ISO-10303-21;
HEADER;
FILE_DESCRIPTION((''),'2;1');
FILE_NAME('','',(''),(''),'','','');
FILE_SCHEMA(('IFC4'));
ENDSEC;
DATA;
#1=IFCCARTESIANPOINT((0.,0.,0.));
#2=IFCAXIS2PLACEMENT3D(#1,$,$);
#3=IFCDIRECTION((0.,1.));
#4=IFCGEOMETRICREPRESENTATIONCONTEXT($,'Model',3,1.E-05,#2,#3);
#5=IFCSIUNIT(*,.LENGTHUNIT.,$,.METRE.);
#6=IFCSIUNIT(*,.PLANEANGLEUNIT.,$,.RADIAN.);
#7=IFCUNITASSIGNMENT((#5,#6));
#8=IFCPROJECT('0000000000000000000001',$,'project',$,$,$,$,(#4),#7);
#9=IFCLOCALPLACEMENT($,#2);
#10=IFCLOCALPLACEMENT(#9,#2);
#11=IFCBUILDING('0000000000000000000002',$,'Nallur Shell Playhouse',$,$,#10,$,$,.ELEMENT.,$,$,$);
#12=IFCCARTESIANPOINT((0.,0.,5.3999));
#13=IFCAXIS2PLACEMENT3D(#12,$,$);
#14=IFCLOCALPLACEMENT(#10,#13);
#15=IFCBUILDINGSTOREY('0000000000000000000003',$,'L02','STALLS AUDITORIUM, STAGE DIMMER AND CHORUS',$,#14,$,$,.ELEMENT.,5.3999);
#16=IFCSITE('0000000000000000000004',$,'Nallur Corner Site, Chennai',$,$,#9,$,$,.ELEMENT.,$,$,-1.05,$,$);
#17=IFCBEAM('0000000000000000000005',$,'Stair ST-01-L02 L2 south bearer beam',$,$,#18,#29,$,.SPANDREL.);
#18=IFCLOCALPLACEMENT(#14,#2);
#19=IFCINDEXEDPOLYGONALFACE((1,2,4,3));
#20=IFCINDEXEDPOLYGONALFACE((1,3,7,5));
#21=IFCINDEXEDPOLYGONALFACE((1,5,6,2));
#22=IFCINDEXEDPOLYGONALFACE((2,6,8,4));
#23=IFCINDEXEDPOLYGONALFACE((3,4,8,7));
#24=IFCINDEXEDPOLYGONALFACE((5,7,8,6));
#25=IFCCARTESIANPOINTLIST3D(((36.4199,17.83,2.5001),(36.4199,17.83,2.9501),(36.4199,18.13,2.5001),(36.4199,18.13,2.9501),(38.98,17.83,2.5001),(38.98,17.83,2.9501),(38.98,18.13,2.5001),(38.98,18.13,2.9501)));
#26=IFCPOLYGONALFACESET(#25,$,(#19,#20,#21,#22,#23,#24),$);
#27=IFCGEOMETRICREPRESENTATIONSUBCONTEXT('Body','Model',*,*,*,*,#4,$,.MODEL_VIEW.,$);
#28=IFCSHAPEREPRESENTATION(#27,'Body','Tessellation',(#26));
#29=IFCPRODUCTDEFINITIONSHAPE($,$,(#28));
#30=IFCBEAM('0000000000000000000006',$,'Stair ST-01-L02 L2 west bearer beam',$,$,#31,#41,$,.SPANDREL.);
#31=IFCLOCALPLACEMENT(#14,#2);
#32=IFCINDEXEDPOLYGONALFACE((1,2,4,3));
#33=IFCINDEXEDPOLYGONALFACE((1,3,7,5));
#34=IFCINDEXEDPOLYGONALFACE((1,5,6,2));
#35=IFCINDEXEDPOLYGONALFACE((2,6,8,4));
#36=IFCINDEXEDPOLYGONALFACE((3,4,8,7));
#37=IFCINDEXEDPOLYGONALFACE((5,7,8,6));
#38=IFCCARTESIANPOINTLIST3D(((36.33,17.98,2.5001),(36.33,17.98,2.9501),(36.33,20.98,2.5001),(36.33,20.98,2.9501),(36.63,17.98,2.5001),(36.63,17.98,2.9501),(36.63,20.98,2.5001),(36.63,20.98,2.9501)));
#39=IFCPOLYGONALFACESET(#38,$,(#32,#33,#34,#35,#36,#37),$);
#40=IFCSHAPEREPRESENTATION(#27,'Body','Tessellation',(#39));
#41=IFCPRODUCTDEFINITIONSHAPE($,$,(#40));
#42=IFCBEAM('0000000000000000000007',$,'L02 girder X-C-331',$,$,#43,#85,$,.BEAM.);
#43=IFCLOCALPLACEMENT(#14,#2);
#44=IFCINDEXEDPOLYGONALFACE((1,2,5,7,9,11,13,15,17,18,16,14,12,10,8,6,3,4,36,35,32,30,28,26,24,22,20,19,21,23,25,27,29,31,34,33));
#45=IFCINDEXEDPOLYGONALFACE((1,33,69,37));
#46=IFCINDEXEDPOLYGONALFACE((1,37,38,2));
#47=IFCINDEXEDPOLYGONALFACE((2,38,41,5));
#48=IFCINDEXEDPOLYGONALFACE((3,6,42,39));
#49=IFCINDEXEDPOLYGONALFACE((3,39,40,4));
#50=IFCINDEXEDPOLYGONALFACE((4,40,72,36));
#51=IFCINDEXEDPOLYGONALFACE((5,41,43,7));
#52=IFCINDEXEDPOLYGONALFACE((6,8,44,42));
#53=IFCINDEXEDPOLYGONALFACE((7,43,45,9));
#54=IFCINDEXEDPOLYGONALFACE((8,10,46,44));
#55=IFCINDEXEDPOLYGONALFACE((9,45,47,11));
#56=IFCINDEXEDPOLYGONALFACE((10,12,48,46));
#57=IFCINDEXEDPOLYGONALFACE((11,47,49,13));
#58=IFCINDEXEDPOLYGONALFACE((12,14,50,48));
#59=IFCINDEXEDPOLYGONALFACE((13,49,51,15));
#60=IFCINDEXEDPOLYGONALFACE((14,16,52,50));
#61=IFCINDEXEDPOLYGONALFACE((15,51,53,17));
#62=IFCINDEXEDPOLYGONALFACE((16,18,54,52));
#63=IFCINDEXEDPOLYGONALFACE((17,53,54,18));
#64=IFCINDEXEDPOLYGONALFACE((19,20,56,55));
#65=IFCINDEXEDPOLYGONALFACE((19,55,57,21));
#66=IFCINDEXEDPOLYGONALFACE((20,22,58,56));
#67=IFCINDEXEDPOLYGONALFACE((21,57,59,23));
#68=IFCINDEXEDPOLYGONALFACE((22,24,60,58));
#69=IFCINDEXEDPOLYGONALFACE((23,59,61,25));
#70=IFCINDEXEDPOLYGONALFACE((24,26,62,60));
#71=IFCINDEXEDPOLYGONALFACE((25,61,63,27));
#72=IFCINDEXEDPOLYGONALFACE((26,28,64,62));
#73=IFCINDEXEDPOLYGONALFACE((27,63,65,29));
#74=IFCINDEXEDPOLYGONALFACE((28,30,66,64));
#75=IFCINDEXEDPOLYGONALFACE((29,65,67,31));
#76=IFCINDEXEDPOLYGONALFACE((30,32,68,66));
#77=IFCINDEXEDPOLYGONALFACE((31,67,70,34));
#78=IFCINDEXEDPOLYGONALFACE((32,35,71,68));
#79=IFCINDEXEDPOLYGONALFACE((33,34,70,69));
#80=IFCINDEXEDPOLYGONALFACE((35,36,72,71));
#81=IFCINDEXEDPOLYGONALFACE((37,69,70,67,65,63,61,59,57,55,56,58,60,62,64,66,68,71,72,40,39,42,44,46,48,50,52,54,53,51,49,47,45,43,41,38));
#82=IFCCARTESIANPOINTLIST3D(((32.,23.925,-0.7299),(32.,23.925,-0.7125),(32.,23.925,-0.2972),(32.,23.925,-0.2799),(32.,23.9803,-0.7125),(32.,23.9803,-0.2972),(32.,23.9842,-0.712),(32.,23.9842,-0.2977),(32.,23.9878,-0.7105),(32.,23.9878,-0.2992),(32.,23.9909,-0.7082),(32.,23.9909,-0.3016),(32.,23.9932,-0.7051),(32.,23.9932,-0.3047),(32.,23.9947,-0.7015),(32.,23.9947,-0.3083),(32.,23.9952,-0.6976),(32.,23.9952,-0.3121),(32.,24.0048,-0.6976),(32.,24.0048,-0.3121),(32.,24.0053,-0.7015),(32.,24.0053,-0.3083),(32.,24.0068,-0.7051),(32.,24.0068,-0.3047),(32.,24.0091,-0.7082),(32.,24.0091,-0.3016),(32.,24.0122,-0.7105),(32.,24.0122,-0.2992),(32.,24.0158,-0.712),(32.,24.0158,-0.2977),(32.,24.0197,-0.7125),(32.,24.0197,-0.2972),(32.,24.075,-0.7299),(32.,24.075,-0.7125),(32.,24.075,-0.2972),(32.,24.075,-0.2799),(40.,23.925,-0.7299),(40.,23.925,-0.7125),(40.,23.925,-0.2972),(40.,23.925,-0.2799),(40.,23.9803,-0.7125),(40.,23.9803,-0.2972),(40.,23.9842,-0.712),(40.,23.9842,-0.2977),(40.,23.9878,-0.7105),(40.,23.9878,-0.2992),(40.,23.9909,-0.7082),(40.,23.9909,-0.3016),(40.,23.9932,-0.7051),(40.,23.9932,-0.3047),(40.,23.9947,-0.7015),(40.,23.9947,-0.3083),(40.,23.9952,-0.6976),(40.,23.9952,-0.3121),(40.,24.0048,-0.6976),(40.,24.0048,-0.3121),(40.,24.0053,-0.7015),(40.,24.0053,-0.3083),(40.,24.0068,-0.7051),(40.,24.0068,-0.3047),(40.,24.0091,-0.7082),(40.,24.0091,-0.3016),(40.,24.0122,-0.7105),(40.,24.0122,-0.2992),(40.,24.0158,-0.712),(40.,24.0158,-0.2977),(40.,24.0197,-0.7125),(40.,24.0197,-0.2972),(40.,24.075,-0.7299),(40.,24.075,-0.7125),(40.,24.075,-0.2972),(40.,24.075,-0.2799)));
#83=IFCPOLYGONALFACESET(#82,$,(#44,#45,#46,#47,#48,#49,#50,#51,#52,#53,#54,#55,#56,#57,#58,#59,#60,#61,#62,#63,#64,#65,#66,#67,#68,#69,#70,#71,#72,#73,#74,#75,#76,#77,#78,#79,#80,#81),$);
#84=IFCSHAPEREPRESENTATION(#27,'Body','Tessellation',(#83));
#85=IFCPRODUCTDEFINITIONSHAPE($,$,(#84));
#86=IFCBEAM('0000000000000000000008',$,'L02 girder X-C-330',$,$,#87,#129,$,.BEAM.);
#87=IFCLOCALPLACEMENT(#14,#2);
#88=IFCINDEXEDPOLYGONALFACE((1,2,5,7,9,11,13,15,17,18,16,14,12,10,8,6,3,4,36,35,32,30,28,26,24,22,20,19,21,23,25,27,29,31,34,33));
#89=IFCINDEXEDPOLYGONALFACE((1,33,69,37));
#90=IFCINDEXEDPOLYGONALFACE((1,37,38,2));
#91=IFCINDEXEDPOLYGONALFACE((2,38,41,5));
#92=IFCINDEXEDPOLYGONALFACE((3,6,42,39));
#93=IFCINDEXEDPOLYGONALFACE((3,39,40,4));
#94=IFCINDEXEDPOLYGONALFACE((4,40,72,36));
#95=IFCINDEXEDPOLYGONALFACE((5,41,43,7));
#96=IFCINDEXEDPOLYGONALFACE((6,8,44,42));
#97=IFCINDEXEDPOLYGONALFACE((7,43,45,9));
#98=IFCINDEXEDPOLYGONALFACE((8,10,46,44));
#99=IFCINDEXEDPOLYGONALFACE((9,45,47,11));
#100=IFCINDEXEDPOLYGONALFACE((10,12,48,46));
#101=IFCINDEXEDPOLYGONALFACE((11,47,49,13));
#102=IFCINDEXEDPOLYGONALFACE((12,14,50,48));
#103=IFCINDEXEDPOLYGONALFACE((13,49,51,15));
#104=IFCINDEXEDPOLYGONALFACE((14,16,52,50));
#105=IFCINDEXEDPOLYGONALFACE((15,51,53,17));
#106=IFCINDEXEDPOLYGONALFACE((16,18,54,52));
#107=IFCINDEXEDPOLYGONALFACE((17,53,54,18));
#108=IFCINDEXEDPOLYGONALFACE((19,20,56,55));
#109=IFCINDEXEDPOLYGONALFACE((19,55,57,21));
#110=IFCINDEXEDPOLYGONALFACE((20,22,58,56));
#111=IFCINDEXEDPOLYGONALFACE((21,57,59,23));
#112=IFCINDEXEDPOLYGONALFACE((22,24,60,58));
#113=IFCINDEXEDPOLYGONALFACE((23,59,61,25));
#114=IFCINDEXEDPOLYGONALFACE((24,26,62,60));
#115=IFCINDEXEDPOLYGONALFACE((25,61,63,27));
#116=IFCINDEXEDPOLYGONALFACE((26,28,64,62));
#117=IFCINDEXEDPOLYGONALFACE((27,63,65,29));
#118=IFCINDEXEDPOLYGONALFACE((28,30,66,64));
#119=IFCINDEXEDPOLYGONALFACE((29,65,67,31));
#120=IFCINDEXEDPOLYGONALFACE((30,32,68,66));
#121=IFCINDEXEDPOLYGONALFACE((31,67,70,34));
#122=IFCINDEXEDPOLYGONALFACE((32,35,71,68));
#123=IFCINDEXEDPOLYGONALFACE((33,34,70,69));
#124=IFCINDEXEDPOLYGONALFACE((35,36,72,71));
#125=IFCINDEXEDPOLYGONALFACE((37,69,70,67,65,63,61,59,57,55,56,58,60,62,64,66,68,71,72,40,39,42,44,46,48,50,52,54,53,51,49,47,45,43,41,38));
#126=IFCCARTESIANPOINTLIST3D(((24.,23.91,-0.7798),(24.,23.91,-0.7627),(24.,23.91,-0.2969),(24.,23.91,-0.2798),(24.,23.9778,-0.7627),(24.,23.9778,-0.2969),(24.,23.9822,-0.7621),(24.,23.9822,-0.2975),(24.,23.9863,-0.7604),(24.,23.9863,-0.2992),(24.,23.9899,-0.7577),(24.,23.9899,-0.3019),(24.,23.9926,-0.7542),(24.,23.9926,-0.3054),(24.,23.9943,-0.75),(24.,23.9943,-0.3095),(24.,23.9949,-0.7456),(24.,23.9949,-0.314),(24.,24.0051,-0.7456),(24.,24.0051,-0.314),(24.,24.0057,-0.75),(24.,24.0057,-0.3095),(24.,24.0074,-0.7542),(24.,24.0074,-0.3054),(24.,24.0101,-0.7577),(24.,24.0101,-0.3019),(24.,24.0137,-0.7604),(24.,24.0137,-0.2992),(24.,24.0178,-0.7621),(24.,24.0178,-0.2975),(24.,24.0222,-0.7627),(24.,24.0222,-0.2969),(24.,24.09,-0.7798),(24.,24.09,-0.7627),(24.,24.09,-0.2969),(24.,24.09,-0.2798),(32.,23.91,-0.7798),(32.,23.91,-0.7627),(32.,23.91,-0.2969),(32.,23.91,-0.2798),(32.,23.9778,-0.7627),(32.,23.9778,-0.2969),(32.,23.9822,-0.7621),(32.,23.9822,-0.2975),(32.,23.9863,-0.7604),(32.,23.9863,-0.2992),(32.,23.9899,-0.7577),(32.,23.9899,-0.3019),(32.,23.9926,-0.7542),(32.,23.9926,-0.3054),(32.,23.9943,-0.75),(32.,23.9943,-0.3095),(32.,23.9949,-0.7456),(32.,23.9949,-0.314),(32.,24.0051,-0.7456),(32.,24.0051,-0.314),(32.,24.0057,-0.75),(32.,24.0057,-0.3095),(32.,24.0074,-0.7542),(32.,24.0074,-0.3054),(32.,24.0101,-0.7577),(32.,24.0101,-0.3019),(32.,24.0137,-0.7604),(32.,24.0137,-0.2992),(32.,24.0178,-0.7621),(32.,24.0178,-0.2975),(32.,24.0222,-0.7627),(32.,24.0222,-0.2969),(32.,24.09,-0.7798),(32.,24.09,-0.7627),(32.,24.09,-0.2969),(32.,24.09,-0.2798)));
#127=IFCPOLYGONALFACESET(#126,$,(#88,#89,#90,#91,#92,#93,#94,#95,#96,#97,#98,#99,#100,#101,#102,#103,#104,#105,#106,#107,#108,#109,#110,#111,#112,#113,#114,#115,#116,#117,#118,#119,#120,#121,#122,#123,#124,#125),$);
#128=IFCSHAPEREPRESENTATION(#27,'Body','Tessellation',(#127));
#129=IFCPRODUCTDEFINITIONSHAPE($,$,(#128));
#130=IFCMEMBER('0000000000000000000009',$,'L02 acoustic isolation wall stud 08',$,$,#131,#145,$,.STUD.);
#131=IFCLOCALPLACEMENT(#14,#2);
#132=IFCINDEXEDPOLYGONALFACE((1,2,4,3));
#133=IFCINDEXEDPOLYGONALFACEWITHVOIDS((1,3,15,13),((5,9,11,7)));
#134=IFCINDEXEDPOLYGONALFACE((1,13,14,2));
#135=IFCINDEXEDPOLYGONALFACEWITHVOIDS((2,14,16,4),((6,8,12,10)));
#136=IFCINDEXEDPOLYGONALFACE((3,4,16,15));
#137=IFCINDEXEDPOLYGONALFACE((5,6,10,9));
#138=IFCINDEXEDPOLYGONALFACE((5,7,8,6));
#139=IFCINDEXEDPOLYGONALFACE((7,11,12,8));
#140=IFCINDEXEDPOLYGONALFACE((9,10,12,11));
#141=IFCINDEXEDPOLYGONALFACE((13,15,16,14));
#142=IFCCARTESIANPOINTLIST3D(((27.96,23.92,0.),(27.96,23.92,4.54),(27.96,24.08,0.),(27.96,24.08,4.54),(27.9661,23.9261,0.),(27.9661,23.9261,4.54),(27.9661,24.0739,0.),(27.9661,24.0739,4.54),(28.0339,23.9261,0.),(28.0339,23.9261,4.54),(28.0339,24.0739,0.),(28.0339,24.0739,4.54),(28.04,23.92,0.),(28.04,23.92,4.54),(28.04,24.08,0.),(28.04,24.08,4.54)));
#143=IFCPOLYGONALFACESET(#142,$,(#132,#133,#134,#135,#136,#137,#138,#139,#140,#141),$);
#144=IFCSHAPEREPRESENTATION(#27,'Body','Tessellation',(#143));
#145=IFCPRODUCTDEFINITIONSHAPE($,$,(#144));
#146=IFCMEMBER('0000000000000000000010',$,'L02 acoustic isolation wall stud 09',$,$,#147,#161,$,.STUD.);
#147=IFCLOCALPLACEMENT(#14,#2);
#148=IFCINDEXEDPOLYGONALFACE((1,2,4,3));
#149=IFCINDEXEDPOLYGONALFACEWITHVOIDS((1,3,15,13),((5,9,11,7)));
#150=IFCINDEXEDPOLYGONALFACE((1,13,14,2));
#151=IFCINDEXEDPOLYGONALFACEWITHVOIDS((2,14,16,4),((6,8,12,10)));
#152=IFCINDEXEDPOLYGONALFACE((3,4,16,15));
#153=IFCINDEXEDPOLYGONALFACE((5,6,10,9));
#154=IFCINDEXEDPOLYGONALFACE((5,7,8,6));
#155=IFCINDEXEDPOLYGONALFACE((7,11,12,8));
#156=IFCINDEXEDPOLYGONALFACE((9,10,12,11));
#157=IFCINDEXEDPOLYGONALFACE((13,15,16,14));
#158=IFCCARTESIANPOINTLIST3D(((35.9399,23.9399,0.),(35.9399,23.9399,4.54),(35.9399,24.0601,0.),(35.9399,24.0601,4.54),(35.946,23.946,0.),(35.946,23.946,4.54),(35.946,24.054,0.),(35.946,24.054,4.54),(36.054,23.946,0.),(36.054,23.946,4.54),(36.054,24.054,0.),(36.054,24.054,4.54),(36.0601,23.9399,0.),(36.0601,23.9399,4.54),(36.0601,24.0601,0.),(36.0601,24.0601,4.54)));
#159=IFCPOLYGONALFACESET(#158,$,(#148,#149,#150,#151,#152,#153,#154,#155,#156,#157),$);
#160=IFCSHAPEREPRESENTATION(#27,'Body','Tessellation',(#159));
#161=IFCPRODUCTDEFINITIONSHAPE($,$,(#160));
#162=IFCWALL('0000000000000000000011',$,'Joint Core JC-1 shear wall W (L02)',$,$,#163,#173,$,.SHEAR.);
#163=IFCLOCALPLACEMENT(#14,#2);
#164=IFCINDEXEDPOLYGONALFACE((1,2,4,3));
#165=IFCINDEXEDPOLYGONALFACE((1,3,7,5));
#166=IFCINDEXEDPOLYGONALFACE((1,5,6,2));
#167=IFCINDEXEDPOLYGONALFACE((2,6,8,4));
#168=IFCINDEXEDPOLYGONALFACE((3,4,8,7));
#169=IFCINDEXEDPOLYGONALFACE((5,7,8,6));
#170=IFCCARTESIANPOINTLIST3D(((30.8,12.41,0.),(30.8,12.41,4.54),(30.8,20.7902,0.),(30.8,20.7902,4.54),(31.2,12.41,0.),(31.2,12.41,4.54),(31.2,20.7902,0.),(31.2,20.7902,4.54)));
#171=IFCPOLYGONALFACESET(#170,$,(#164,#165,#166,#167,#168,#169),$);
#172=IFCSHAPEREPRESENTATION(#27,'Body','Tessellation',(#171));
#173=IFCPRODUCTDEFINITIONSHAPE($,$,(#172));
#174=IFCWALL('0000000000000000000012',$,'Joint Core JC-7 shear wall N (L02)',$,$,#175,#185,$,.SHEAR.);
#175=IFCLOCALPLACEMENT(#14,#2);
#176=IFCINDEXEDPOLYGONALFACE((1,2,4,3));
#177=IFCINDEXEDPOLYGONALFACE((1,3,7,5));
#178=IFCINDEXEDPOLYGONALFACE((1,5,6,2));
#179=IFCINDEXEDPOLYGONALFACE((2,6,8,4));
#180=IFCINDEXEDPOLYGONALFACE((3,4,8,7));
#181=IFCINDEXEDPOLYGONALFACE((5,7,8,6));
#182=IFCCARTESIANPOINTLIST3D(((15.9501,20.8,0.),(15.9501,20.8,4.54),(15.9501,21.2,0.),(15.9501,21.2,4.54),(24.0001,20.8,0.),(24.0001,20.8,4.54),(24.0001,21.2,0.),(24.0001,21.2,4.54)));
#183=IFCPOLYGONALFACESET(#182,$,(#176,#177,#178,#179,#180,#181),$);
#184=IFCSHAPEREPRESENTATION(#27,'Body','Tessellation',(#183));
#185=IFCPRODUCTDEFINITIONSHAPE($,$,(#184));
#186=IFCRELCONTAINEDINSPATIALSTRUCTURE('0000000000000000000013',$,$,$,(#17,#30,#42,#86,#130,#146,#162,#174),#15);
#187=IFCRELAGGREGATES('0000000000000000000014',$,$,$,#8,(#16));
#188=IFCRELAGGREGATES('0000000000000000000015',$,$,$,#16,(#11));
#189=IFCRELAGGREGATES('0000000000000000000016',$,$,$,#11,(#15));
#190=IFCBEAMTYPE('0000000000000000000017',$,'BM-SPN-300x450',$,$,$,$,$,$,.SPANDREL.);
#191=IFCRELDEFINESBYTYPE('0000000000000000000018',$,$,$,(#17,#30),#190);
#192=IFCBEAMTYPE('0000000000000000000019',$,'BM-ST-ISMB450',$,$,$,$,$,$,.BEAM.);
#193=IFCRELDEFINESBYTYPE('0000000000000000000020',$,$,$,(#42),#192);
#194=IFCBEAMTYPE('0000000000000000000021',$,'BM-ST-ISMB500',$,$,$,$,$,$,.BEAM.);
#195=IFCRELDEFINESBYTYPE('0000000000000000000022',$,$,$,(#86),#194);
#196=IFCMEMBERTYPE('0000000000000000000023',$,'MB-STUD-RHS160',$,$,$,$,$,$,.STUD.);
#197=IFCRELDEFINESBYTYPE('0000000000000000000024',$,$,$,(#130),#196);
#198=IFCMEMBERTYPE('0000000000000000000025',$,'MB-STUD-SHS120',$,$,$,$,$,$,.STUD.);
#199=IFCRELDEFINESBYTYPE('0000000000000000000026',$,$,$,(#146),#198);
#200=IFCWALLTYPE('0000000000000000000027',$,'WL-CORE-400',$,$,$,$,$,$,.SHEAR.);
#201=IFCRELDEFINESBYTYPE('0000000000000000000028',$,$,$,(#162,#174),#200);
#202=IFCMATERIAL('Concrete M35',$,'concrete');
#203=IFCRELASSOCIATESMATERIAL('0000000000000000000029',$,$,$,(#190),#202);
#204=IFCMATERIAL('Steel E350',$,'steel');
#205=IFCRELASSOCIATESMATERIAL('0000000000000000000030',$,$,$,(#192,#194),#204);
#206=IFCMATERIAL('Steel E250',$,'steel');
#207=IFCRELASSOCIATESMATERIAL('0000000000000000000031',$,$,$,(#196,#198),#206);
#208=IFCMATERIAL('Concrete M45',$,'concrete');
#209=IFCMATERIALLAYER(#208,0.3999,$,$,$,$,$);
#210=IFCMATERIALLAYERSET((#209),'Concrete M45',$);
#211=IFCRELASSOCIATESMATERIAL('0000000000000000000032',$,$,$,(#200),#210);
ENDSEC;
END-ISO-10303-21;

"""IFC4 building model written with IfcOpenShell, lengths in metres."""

from ifc_helpers import new_model, si_unit, direction, frame, frame_2d, origin, origin_2d, place, context, subcontext, project, spatial, rectangle, hollow_rectangle, i_section, extrude, material, layer, layer_set, material_profile, profile_set, type_object, element, save


model = new_model("IFC4")

# Units and contexts
model_context = context("Model", 3, precision=1e-05, world=origin(), true_north=direction((0.0, 1.0)))
body_context = subcontext(model_context, "Body", "Model", "MODEL_VIEW")
ifc_project = project(units=[si_unit("LENGTHUNIT", "METRE"), si_unit("PLANEANGLEUNIT", "RADIAN")], contexts=[model_context])

# Site, building, storey
site_placement = place(None, origin())
site = spatial("IfcSite", under=ifc_project, at=site_placement, Name="Nallur Corner Site, Chennai", CompositionType="ELEMENT", RefElevation=-1.05)
building_placement = place(site_placement, origin())
building = spatial("IfcBuilding", under=site, at=building_placement, Name="Nallur Shell Playhouse", CompositionType="ELEMENT")
storey_placement = place(building_placement, frame((0.0, 0.0, 5.3999)))
storey = spatial("IfcBuildingStorey", under=building, at=storey_placement, Name="L02", Description="STALLS AUDITORIUM, STAGE DIMMER AND CHORUS", CompositionType="ELEMENT", Elevation=5.3999)

# Shared definitions
ifc_material_1 = material(Name="Steel E350", Category="steel")

# Beams
ifc_material_2 = material(Name="Steel E250", Category="steel")
ifc_material_3 = material(Name="Concrete M35", Category="concrete")
ifc_material_profile_1 = material_profile(ifc_material_3, rectangle(XDim=0.3, YDim=0.45, at=origin_2d()), Name="RC 300x450")
ifc_profile_set_1 = profile_set([ifc_material_profile_1], Name="Concrete M35")
beam_type_1 = type_object("IfcBeamType", Name="BM-SPN-300x450", PredefinedType="SPANDREL", material=ifc_profile_set_1)
beam_1_placement = place(storey_placement, frame((36.4199, 17.98, 2.7251), z_axis=(1.0, 0.0, 0.0), x_axis=(0.0, 1.0, 0.0)))
element("IfcBeam", 1, at=beam_1_placement, inside=storey, type_object=beam_type_1, Name="Stair ST-01-L02 L2 south bearer beam", PredefinedType="SPANDREL", context=body_context, shape_type="SweptSolid", body=[
    extrude(rectangle(XDim=0.3, YDim=0.45, at=origin_2d()), origin(), (0.0, 0.0, 1.0), 2.5601),
])
beam_2_placement = place(storey_placement, frame((36.48, 17.98, 2.7251), z_axis=(0.0, 1.0, 0.0), x_axis=(-1.0, 0.0, 0.0)))
element("IfcBeam", 2, at=beam_2_placement, inside=storey, type_object=beam_type_1, Name="Stair ST-01-L02 L2 west bearer beam", PredefinedType="SPANDREL", context=body_context, shape_type="SweptSolid", body=[
    extrude(rectangle(XDim=0.3, YDim=0.45, at=origin_2d()), origin(), (0.0, 0.0, 1.0), 3.0),
])
ifc_material_profile_2 = material_profile(ifc_material_1, i_section(OverallWidth=0.1499, OverallDepth=0.45, WebThickness=0.0095, FlangeThickness=0.0173, FilletRadius=0.0149, at=origin_2d()), Name="ISMB 450")
ifc_profile_set_2 = profile_set([ifc_material_profile_2], Name="Steel E350")
beam_type_2 = type_object("IfcBeamType", Name="BM-ST-ISMB450", PredefinedType="BEAM", material=ifc_profile_set_2)
beam_3_placement = place(storey_placement, frame((32.0, 24.0, -0.5049), z_axis=(1.0, 0.0, 0.0), x_axis=(0.0, 1.0, 0.0)))
element("IfcBeam", 3, at=beam_3_placement, inside=storey, type_object=beam_type_2, Name="L02 girder X-C-331", PredefinedType="BEAM", context=body_context, shape_type="SweptSolid", body=[
    extrude(i_section(OverallWidth=0.1499, OverallDepth=0.45, WebThickness=0.0095, FlangeThickness=0.0173, FilletRadius=0.0149, at=origin_2d()), origin(), (0.0, 0.0, 1.0), 8.0),
])
ifc_material_profile_3 = material_profile(ifc_material_1, i_section(OverallWidth=0.1799, OverallDepth=0.5, WebThickness=0.0103, FlangeThickness=0.0171, FilletRadius=0.0171, at=origin_2d()), Name="ISMB 500")
ifc_profile_set_3 = profile_set([ifc_material_profile_3], Name="Steel E350")
beam_type_3 = type_object("IfcBeamType", Name="BM-ST-ISMB500", PredefinedType="BEAM", material=ifc_profile_set_3)
beam_4_placement = place(storey_placement, frame((24.0, 24.0, -0.5298), z_axis=(1.0, 0.0, 0.0), x_axis=(0.0, 1.0, 0.0)))
element("IfcBeam", 4, at=beam_4_placement, inside=storey, type_object=beam_type_3, Name="L02 girder X-C-330", PredefinedType="BEAM", context=body_context, shape_type="SweptSolid", body=[
    extrude(i_section(OverallWidth=0.1799, OverallDepth=0.5, WebThickness=0.0103, FlangeThickness=0.0171, FilletRadius=0.0171, at=origin_2d()), origin(), (0.0, 0.0, 1.0), 8.0),
])

# Members
ifc_material_profile_4 = material_profile(ifc_material_2, hollow_rectangle(XDim=0.0801, YDim=0.1599, WallThickness=0.0061, at=origin_2d()), Name="RHS 160x80x6")
ifc_profile_set_4 = profile_set([ifc_material_profile_4], Name="Steel E250")
member_type_1 = type_object("IfcMemberType", Name="MB-STUD-RHS160", PredefinedType="STUD", material=ifc_profile_set_4)
member_1_placement = place(storey_placement, frame((28.0, 24.0, 0.0), z_axis=(0.0, 0.0, 1.0), x_axis=(1.0, 0.0, 0.0)))
element("IfcMember", 5, at=member_1_placement, inside=storey, type_object=member_type_1, Name="L02 acoustic isolation wall stud 08", PredefinedType="STUD", context=body_context, shape_type="SweptSolid", body=[
    extrude(hollow_rectangle(XDim=0.0801, YDim=0.1599, WallThickness=0.0061, at=origin_2d()), origin(), (0.0, 0.0, 1.0), 4.54),
])
ifc_material_profile_5 = material_profile(ifc_material_2, hollow_rectangle(XDim=0.1201, YDim=0.1201, WallThickness=0.0061, at=origin_2d()), Name="SHS 120x120x6")
ifc_profile_set_5 = profile_set([ifc_material_profile_5], Name="Steel E250")
member_type_2 = type_object("IfcMemberType", Name="MB-STUD-SHS120", PredefinedType="STUD", material=ifc_profile_set_5)
member_2_placement = place(storey_placement, frame((36.0, 24.0, 0.0), z_axis=(0.0, 0.0, 1.0), x_axis=(1.0, 0.0, 0.0)))
element("IfcMember", 6, at=member_2_placement, inside=storey, type_object=member_type_2, Name="L02 acoustic isolation wall stud 09", PredefinedType="STUD", context=body_context, shape_type="SweptSolid", body=[
    extrude(hollow_rectangle(XDim=0.1201, YDim=0.1201, WallThickness=0.0061, at=origin_2d()), origin(), (0.0, 0.0, 1.0), 4.54),
])

# Walls
ifc_material_4 = material(Name="Concrete M45", Category="concrete")
ifc_layer_1 = layer(ifc_material_4, 0.3999)
ifc_layer_set_1 = layer_set([ifc_layer_1], Name="Concrete M45")
wall_type_1 = type_object("IfcWallType", Name="WL-CORE-400", PredefinedType="SHEAR", material=ifc_layer_set_1)
wall_1_placement = place(storey_placement, frame((31.0, 20.79, 0.0), z_axis=(0.0, 0.0, 1.0), x_axis=(0.0, -1.0, 0.0)))
element("IfcWall", 7, at=wall_1_placement, inside=storey, type_object=wall_type_1, Name="Joint Core JC-1 shear wall W (L02)", PredefinedType="SHEAR", context=body_context, shape_type="SweptSolid", body=[
    extrude(rectangle(XDim=8.3801, YDim=0.3999, at=frame_2d((4.1899, 0.0))), origin(), (0.0, 0.0, 1.0), 4.54),
])
wall_2_placement = place(storey_placement, frame((24.0, 21.0, 0.0), z_axis=(0.0, 0.0, 1.0), x_axis=(-1.0, 0.0, 0.0)))
element("IfcWall", 8, at=wall_2_placement, inside=storey, type_object=wall_type_1, Name="Joint Core JC-7 shear wall N (L02)", PredefinedType="SHEAR", context=body_context, shape_type="SweptSolid", body=[
    extrude(rectangle(XDim=8.05, YDim=0.3999, at=frame_2d((4.0249, 0.0))), origin(), (0.0, 0.0, 1.0), 4.54),
])

save(model, "model.ifc")
